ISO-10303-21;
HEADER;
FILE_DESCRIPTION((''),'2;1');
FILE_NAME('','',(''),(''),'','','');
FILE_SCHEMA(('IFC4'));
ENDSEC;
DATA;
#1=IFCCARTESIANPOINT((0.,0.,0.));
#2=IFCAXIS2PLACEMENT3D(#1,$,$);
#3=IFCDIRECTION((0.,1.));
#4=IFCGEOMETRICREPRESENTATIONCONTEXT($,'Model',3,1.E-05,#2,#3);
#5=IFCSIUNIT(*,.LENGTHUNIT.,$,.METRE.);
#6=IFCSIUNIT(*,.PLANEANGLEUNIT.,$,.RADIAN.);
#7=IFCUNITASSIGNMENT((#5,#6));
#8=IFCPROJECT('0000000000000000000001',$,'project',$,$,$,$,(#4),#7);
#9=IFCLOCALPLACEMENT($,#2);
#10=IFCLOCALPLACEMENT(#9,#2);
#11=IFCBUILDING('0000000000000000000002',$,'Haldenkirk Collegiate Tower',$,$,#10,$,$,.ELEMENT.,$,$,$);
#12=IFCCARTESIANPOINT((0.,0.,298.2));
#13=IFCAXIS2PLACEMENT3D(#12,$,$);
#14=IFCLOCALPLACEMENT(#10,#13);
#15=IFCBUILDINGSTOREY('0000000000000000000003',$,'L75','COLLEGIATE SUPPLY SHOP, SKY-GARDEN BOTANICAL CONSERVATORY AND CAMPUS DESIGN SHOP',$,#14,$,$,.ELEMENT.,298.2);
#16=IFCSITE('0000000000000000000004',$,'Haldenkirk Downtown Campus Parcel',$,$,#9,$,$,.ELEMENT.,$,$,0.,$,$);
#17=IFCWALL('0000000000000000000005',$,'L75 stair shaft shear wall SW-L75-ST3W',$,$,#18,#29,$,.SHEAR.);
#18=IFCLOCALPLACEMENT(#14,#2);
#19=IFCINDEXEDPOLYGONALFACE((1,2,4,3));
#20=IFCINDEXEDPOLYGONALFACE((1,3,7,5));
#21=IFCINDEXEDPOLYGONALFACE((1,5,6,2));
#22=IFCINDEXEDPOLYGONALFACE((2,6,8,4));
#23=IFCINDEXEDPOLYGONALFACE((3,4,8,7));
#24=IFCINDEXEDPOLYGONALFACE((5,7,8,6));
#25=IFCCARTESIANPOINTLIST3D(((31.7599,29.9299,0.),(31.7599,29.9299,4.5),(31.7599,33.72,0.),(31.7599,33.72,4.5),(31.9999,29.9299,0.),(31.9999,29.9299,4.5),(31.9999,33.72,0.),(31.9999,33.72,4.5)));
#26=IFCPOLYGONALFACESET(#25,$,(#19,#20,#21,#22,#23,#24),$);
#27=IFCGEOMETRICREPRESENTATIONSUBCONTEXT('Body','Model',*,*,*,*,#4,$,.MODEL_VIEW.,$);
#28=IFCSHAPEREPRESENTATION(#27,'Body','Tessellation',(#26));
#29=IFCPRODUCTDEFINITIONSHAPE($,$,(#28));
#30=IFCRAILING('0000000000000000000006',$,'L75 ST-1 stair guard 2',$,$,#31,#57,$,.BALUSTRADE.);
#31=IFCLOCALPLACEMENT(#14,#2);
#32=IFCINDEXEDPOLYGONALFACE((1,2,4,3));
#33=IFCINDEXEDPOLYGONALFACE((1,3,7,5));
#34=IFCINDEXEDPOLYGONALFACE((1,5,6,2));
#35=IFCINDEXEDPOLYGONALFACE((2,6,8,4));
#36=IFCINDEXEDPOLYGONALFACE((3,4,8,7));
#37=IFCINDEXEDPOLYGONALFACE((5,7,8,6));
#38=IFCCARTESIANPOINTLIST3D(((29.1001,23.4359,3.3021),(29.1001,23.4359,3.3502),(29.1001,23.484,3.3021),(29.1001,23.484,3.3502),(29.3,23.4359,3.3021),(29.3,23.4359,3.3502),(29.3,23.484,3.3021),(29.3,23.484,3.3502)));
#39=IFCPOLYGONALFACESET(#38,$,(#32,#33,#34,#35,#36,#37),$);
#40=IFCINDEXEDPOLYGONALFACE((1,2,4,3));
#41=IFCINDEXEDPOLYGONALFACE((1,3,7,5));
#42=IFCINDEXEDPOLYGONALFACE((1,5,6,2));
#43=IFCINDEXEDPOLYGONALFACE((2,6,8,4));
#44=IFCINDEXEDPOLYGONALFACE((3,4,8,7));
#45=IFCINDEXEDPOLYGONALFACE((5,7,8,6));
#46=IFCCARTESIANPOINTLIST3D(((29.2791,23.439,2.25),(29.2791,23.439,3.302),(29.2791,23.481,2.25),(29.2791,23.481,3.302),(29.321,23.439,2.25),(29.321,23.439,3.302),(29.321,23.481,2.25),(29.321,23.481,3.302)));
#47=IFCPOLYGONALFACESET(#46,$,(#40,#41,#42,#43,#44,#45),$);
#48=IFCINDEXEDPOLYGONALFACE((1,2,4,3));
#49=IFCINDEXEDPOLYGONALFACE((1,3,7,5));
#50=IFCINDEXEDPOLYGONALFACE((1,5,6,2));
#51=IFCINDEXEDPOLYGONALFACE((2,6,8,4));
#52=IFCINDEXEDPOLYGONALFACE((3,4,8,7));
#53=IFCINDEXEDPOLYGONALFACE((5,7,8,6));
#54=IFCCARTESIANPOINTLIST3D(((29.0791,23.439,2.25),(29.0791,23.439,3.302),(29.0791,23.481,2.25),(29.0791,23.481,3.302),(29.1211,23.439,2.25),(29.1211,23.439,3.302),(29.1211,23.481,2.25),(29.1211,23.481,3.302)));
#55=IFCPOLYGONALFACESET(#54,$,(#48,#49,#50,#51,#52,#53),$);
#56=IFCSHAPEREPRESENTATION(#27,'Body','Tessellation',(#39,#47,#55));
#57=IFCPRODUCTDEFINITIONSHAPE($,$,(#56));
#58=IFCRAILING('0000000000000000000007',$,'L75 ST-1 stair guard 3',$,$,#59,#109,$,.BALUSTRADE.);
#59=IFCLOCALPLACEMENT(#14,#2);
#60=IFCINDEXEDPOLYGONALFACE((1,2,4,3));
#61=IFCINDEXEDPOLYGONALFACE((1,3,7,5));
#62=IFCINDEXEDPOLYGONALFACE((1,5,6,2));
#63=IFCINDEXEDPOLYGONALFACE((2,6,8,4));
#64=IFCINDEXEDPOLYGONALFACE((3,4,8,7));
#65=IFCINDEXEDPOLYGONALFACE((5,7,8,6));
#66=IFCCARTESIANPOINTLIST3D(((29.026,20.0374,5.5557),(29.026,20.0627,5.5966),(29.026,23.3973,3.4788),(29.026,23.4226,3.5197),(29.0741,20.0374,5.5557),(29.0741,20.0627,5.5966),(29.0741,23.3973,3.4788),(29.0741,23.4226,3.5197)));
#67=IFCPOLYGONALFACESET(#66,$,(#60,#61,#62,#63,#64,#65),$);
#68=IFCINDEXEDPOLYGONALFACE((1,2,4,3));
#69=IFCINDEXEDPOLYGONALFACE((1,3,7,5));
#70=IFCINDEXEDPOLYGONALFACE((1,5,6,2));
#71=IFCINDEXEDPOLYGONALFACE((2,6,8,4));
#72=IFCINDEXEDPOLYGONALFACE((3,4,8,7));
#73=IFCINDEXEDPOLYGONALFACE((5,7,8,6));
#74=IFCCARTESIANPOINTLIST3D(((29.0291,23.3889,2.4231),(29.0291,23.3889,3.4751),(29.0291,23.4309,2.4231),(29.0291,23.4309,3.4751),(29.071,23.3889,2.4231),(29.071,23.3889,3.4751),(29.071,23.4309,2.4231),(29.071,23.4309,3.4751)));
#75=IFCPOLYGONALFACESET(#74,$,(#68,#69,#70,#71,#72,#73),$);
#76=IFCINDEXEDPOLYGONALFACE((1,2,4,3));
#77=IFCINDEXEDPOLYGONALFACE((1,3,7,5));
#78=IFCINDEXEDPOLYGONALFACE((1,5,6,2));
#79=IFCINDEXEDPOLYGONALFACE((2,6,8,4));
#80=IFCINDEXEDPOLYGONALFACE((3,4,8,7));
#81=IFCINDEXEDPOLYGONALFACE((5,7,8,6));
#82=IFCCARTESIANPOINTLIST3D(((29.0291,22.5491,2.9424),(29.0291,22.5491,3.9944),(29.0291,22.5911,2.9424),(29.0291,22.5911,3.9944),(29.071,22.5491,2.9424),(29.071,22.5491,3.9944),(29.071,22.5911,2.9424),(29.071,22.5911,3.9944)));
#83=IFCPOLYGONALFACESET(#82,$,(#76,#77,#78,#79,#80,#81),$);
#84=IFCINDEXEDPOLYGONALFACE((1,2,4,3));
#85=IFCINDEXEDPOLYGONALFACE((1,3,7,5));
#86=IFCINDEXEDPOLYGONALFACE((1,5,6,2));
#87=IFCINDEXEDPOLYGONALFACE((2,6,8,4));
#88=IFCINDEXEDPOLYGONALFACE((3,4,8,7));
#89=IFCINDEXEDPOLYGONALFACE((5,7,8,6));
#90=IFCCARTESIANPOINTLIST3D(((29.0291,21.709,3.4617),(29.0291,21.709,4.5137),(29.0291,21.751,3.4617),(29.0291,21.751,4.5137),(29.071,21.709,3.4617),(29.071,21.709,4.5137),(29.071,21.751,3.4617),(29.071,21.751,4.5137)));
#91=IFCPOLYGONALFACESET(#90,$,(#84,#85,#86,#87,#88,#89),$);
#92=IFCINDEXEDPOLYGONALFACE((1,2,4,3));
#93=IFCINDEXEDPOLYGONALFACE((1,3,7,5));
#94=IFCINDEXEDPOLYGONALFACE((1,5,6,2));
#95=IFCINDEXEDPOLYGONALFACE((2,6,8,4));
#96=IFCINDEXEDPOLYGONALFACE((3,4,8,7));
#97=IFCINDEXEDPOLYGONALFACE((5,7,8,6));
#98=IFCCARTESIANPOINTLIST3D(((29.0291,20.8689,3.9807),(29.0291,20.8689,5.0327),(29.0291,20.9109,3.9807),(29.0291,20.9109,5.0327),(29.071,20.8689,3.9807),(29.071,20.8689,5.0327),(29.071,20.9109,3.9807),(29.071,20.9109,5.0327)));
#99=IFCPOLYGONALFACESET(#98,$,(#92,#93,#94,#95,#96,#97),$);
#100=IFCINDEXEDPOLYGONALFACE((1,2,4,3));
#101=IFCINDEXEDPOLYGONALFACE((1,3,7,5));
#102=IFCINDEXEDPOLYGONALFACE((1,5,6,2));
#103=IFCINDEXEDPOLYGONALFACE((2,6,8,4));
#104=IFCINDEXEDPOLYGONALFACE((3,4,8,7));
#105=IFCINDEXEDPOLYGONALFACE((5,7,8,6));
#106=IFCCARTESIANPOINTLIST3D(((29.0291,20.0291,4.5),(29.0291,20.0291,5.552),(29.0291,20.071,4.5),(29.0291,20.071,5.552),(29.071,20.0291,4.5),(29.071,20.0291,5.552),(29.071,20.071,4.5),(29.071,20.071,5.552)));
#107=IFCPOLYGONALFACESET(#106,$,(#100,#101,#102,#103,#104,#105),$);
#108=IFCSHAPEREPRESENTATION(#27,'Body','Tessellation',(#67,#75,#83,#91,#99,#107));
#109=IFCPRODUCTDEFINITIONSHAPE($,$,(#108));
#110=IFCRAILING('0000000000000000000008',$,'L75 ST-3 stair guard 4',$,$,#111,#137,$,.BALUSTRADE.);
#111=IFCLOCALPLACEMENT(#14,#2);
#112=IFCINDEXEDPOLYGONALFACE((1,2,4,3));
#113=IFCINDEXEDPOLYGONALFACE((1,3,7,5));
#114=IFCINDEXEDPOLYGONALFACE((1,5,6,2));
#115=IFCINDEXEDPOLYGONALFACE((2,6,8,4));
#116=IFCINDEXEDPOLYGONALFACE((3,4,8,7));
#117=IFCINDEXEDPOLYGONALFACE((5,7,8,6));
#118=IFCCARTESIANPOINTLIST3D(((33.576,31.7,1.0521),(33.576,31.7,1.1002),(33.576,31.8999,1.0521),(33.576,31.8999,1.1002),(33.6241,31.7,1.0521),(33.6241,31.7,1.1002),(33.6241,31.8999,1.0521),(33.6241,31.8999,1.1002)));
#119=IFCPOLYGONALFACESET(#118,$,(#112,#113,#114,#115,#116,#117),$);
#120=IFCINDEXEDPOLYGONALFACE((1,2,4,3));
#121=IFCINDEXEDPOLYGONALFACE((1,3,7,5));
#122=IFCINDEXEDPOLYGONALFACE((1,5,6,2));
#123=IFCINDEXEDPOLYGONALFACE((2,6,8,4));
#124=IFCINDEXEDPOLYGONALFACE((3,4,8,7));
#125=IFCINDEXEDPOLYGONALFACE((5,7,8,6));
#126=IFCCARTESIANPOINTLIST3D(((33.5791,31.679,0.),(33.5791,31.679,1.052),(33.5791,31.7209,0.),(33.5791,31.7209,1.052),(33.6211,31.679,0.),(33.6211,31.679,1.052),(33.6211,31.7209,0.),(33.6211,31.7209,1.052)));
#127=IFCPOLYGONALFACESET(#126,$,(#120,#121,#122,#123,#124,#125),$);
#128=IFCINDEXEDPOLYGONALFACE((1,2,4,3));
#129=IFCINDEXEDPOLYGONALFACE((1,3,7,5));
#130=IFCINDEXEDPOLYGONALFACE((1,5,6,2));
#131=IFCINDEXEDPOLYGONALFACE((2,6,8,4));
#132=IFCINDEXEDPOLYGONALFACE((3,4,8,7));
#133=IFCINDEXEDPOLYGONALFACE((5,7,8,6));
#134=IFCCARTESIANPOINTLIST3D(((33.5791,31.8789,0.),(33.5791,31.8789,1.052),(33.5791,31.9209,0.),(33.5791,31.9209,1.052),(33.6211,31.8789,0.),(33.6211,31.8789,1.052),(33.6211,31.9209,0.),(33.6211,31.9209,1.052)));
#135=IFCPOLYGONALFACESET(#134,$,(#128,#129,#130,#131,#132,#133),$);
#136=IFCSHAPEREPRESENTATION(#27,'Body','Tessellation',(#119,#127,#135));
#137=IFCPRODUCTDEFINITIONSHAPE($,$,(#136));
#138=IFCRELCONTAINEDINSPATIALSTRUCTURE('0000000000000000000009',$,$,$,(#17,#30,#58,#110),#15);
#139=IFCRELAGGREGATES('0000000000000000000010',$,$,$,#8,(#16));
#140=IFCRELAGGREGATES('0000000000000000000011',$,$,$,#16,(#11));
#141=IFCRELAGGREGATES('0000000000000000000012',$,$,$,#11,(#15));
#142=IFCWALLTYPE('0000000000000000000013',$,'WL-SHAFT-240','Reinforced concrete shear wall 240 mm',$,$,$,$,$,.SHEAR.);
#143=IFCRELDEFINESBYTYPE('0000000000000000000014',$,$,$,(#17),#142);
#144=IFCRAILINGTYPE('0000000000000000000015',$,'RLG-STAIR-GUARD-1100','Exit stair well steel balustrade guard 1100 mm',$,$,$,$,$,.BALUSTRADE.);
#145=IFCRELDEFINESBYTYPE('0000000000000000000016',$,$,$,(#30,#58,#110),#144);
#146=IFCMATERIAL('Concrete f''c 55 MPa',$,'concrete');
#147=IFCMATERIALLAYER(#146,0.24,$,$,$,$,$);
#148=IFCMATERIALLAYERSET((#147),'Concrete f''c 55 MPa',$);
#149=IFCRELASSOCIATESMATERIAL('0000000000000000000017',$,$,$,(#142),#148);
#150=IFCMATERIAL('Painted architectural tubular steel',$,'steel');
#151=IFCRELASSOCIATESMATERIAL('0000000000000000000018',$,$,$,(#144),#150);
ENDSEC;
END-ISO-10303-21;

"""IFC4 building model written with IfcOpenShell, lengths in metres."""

from ifc_helpers import new_model, si_unit, direction, frame, frame_2d, origin, origin_2d, place, context, subcontext, project, spatial, rectangle, extrude, material, layer, layer_set, type_object, element, save


model = new_model("IFC4")

# Units and contexts
model_context = context("Model", 3, precision=1e-05, world=origin(), true_north=direction((0.0, 1.0)))
body_context = subcontext(model_context, "Body", "Model", "MODEL_VIEW")
ifc_project = project(units=[si_unit("LENGTHUNIT", "METRE"), si_unit("PLANEANGLEUNIT", "RADIAN")], contexts=[model_context])

# Site, building, storey
site_placement = place(None, origin())
site = spatial("IfcSite", under=ifc_project, at=site_placement, Name="Haldenkirk Downtown Campus Parcel", CompositionType="ELEMENT", RefElevation=0.0)
building_placement = place(site_placement, origin())
building = spatial("IfcBuilding", under=site, at=building_placement, Name="Haldenkirk Collegiate Tower", CompositionType="ELEMENT")
storey_placement = place(building_placement, frame((0.0, 0.0, 298.2)))
storey = spatial("IfcBuildingStorey", under=building, at=storey_placement, Name="L75", Description="COLLEGIATE SUPPLY SHOP, SKY-GARDEN BOTANICAL CONSERVATORY AND CAMPUS DESIGN SHOP", CompositionType="ELEMENT", Elevation=298.2)

# Shared definitions
ifc_material_1 = material(Name="Concrete f'c 55 MPa", Category="concrete")

# Shared definitions
ifc_layer_1 = layer(ifc_material_1, 0.24)
ifc_layer_set_1 = layer_set([ifc_layer_1], Name="Concrete f'c 55 MPa")
wall_type_1 = type_object("IfcWallType", Name="WL-SHAFT-240", Description="Reinforced concrete shear wall 240 mm", PredefinedType="SHEAR", material=ifc_layer_set_1)

# Wall
wall_1_placement = place(storey_placement, frame((31.8799, 29.9299, 0.0), z_axis=(0.0, 0.0, 1.0), x_axis=(0.0, 1.0, 0.0)))
element("IfcWall", 1, at=wall_1_placement, inside=storey, type_object=wall_type_1, Name="L75 stair shaft shear wall SW-L75-ST3W", PredefinedType="SHEAR", context=body_context, shape_type="SweptSolid", body=[
    extrude(rectangle(XDim=3.79, YDim=0.24, at=frame_2d((1.895, 0.0))), origin(), (0.0, 0.0, 1.0), 4.5),
])

# Railings
ifc_material_2 = material(Name="Painted architectural tubular steel", Category="steel")
railing_type = type_object("IfcRailingType", Name="RLG-STAIR-GUARD-1100", Description="Exit stair well steel balustrade guard 1100 mm", PredefinedType="BALUSTRADE", material=ifc_material_2)
railing_1_placement = place(storey_placement, frame((29.3, 23.46, 2.25)))
element("IfcRailing", 2, at=railing_1_placement, inside=storey, type_object=railing_type, Name="L75 ST-1 stair guard 2", PredefinedType="BALUSTRADE", context=body_context, shape_type="SweptSolid", body=[
    extrude(rectangle(XDim=0.0481, YDim=0.0481, at=origin_2d()), frame((0.0, 0.0, 1.0762), z_axis=(-1.0, 0.0, 0.0), x_axis=(0.0, -1.0, 0.0)), (0.0, 0.0, 1.0), 0.2),
    extrude(rectangle(XDim=0.042, YDim=0.042, at=origin_2d()), origin(), (0.0, 0.0, 1.0), 1.052),
    extrude(rectangle(XDim=0.042, YDim=0.042, at=origin_2d()), frame((-0.2, 0.0, 0.0)), (0.0, 0.0, 1.0), 1.052),
])
railing_2_placement = place(storey_placement, frame((29.05, 23.4099, 2.4231)))
element("IfcRailing", 3, at=railing_2_placement, inside=storey, type_object=railing_type, Name="L75 ST-1 stair guard 3", PredefinedType="BALUSTRADE", context=body_context, shape_type="SweptSolid", body=[
    extrude(rectangle(XDim=0.0481, YDim=0.0481, at=origin_2d()), frame((0.0, 0.0, 1.0762), z_axis=(0.0, -0.850606, 0.525803), x_axis=(1.0, 0.0, 0.0)), (0.0, 0.0, 1.0), 3.95),
    extrude(rectangle(XDim=0.042, YDim=0.042, at=origin_2d()), origin(), (0.0, 0.0, 1.0), 1.052),
    extrude(rectangle(XDim=0.042, YDim=0.042, at=origin_2d()), frame((0.0, -0.8398, 0.5193)), (0.0, 0.0, 1.0), 1.052),
    extrude(rectangle(XDim=0.042, YDim=0.042, at=origin_2d()), frame((0.0, -1.6799, 1.0386)), (0.0, 0.0, 1.0), 1.052),
    extrude(rectangle(XDim=0.042, YDim=0.042, at=origin_2d()), frame((0.0, -2.52, 1.5576)), (0.0, 0.0, 1.0), 1.052),
    extrude(rectangle(XDim=0.042, YDim=0.042, at=origin_2d()), frame((0.0, -3.3599, 2.0769)), (0.0, 0.0, 1.0), 1.052),
])
railing_3_placement = place(storey_placement, frame((33.6001, 31.7, 0.0)))
element("IfcRailing", 4, at=railing_3_placement, inside=storey, type_object=railing_type, Name="L75 ST-3 stair guard 4", PredefinedType="BALUSTRADE", context=body_context, shape_type="SweptSolid", body=[
    extrude(rectangle(XDim=0.0481, YDim=0.0481, at=origin_2d()), frame((0.0, 0.0, 1.0762), z_axis=(0.0, 1.0, 0.0), x_axis=(-1.0, 0.0, 0.0)), (0.0, 0.0, 1.0), 0.2),
    extrude(rectangle(XDim=0.042, YDim=0.042, at=origin_2d()), origin(), (0.0, 0.0, 1.0), 1.052),
    extrude(rectangle(XDim=0.042, YDim=0.042, at=origin_2d()), frame((0.0, 0.2, 0.0)), (0.0, 0.0, 1.0), 1.052),
])

save(model, "model.ifc")
